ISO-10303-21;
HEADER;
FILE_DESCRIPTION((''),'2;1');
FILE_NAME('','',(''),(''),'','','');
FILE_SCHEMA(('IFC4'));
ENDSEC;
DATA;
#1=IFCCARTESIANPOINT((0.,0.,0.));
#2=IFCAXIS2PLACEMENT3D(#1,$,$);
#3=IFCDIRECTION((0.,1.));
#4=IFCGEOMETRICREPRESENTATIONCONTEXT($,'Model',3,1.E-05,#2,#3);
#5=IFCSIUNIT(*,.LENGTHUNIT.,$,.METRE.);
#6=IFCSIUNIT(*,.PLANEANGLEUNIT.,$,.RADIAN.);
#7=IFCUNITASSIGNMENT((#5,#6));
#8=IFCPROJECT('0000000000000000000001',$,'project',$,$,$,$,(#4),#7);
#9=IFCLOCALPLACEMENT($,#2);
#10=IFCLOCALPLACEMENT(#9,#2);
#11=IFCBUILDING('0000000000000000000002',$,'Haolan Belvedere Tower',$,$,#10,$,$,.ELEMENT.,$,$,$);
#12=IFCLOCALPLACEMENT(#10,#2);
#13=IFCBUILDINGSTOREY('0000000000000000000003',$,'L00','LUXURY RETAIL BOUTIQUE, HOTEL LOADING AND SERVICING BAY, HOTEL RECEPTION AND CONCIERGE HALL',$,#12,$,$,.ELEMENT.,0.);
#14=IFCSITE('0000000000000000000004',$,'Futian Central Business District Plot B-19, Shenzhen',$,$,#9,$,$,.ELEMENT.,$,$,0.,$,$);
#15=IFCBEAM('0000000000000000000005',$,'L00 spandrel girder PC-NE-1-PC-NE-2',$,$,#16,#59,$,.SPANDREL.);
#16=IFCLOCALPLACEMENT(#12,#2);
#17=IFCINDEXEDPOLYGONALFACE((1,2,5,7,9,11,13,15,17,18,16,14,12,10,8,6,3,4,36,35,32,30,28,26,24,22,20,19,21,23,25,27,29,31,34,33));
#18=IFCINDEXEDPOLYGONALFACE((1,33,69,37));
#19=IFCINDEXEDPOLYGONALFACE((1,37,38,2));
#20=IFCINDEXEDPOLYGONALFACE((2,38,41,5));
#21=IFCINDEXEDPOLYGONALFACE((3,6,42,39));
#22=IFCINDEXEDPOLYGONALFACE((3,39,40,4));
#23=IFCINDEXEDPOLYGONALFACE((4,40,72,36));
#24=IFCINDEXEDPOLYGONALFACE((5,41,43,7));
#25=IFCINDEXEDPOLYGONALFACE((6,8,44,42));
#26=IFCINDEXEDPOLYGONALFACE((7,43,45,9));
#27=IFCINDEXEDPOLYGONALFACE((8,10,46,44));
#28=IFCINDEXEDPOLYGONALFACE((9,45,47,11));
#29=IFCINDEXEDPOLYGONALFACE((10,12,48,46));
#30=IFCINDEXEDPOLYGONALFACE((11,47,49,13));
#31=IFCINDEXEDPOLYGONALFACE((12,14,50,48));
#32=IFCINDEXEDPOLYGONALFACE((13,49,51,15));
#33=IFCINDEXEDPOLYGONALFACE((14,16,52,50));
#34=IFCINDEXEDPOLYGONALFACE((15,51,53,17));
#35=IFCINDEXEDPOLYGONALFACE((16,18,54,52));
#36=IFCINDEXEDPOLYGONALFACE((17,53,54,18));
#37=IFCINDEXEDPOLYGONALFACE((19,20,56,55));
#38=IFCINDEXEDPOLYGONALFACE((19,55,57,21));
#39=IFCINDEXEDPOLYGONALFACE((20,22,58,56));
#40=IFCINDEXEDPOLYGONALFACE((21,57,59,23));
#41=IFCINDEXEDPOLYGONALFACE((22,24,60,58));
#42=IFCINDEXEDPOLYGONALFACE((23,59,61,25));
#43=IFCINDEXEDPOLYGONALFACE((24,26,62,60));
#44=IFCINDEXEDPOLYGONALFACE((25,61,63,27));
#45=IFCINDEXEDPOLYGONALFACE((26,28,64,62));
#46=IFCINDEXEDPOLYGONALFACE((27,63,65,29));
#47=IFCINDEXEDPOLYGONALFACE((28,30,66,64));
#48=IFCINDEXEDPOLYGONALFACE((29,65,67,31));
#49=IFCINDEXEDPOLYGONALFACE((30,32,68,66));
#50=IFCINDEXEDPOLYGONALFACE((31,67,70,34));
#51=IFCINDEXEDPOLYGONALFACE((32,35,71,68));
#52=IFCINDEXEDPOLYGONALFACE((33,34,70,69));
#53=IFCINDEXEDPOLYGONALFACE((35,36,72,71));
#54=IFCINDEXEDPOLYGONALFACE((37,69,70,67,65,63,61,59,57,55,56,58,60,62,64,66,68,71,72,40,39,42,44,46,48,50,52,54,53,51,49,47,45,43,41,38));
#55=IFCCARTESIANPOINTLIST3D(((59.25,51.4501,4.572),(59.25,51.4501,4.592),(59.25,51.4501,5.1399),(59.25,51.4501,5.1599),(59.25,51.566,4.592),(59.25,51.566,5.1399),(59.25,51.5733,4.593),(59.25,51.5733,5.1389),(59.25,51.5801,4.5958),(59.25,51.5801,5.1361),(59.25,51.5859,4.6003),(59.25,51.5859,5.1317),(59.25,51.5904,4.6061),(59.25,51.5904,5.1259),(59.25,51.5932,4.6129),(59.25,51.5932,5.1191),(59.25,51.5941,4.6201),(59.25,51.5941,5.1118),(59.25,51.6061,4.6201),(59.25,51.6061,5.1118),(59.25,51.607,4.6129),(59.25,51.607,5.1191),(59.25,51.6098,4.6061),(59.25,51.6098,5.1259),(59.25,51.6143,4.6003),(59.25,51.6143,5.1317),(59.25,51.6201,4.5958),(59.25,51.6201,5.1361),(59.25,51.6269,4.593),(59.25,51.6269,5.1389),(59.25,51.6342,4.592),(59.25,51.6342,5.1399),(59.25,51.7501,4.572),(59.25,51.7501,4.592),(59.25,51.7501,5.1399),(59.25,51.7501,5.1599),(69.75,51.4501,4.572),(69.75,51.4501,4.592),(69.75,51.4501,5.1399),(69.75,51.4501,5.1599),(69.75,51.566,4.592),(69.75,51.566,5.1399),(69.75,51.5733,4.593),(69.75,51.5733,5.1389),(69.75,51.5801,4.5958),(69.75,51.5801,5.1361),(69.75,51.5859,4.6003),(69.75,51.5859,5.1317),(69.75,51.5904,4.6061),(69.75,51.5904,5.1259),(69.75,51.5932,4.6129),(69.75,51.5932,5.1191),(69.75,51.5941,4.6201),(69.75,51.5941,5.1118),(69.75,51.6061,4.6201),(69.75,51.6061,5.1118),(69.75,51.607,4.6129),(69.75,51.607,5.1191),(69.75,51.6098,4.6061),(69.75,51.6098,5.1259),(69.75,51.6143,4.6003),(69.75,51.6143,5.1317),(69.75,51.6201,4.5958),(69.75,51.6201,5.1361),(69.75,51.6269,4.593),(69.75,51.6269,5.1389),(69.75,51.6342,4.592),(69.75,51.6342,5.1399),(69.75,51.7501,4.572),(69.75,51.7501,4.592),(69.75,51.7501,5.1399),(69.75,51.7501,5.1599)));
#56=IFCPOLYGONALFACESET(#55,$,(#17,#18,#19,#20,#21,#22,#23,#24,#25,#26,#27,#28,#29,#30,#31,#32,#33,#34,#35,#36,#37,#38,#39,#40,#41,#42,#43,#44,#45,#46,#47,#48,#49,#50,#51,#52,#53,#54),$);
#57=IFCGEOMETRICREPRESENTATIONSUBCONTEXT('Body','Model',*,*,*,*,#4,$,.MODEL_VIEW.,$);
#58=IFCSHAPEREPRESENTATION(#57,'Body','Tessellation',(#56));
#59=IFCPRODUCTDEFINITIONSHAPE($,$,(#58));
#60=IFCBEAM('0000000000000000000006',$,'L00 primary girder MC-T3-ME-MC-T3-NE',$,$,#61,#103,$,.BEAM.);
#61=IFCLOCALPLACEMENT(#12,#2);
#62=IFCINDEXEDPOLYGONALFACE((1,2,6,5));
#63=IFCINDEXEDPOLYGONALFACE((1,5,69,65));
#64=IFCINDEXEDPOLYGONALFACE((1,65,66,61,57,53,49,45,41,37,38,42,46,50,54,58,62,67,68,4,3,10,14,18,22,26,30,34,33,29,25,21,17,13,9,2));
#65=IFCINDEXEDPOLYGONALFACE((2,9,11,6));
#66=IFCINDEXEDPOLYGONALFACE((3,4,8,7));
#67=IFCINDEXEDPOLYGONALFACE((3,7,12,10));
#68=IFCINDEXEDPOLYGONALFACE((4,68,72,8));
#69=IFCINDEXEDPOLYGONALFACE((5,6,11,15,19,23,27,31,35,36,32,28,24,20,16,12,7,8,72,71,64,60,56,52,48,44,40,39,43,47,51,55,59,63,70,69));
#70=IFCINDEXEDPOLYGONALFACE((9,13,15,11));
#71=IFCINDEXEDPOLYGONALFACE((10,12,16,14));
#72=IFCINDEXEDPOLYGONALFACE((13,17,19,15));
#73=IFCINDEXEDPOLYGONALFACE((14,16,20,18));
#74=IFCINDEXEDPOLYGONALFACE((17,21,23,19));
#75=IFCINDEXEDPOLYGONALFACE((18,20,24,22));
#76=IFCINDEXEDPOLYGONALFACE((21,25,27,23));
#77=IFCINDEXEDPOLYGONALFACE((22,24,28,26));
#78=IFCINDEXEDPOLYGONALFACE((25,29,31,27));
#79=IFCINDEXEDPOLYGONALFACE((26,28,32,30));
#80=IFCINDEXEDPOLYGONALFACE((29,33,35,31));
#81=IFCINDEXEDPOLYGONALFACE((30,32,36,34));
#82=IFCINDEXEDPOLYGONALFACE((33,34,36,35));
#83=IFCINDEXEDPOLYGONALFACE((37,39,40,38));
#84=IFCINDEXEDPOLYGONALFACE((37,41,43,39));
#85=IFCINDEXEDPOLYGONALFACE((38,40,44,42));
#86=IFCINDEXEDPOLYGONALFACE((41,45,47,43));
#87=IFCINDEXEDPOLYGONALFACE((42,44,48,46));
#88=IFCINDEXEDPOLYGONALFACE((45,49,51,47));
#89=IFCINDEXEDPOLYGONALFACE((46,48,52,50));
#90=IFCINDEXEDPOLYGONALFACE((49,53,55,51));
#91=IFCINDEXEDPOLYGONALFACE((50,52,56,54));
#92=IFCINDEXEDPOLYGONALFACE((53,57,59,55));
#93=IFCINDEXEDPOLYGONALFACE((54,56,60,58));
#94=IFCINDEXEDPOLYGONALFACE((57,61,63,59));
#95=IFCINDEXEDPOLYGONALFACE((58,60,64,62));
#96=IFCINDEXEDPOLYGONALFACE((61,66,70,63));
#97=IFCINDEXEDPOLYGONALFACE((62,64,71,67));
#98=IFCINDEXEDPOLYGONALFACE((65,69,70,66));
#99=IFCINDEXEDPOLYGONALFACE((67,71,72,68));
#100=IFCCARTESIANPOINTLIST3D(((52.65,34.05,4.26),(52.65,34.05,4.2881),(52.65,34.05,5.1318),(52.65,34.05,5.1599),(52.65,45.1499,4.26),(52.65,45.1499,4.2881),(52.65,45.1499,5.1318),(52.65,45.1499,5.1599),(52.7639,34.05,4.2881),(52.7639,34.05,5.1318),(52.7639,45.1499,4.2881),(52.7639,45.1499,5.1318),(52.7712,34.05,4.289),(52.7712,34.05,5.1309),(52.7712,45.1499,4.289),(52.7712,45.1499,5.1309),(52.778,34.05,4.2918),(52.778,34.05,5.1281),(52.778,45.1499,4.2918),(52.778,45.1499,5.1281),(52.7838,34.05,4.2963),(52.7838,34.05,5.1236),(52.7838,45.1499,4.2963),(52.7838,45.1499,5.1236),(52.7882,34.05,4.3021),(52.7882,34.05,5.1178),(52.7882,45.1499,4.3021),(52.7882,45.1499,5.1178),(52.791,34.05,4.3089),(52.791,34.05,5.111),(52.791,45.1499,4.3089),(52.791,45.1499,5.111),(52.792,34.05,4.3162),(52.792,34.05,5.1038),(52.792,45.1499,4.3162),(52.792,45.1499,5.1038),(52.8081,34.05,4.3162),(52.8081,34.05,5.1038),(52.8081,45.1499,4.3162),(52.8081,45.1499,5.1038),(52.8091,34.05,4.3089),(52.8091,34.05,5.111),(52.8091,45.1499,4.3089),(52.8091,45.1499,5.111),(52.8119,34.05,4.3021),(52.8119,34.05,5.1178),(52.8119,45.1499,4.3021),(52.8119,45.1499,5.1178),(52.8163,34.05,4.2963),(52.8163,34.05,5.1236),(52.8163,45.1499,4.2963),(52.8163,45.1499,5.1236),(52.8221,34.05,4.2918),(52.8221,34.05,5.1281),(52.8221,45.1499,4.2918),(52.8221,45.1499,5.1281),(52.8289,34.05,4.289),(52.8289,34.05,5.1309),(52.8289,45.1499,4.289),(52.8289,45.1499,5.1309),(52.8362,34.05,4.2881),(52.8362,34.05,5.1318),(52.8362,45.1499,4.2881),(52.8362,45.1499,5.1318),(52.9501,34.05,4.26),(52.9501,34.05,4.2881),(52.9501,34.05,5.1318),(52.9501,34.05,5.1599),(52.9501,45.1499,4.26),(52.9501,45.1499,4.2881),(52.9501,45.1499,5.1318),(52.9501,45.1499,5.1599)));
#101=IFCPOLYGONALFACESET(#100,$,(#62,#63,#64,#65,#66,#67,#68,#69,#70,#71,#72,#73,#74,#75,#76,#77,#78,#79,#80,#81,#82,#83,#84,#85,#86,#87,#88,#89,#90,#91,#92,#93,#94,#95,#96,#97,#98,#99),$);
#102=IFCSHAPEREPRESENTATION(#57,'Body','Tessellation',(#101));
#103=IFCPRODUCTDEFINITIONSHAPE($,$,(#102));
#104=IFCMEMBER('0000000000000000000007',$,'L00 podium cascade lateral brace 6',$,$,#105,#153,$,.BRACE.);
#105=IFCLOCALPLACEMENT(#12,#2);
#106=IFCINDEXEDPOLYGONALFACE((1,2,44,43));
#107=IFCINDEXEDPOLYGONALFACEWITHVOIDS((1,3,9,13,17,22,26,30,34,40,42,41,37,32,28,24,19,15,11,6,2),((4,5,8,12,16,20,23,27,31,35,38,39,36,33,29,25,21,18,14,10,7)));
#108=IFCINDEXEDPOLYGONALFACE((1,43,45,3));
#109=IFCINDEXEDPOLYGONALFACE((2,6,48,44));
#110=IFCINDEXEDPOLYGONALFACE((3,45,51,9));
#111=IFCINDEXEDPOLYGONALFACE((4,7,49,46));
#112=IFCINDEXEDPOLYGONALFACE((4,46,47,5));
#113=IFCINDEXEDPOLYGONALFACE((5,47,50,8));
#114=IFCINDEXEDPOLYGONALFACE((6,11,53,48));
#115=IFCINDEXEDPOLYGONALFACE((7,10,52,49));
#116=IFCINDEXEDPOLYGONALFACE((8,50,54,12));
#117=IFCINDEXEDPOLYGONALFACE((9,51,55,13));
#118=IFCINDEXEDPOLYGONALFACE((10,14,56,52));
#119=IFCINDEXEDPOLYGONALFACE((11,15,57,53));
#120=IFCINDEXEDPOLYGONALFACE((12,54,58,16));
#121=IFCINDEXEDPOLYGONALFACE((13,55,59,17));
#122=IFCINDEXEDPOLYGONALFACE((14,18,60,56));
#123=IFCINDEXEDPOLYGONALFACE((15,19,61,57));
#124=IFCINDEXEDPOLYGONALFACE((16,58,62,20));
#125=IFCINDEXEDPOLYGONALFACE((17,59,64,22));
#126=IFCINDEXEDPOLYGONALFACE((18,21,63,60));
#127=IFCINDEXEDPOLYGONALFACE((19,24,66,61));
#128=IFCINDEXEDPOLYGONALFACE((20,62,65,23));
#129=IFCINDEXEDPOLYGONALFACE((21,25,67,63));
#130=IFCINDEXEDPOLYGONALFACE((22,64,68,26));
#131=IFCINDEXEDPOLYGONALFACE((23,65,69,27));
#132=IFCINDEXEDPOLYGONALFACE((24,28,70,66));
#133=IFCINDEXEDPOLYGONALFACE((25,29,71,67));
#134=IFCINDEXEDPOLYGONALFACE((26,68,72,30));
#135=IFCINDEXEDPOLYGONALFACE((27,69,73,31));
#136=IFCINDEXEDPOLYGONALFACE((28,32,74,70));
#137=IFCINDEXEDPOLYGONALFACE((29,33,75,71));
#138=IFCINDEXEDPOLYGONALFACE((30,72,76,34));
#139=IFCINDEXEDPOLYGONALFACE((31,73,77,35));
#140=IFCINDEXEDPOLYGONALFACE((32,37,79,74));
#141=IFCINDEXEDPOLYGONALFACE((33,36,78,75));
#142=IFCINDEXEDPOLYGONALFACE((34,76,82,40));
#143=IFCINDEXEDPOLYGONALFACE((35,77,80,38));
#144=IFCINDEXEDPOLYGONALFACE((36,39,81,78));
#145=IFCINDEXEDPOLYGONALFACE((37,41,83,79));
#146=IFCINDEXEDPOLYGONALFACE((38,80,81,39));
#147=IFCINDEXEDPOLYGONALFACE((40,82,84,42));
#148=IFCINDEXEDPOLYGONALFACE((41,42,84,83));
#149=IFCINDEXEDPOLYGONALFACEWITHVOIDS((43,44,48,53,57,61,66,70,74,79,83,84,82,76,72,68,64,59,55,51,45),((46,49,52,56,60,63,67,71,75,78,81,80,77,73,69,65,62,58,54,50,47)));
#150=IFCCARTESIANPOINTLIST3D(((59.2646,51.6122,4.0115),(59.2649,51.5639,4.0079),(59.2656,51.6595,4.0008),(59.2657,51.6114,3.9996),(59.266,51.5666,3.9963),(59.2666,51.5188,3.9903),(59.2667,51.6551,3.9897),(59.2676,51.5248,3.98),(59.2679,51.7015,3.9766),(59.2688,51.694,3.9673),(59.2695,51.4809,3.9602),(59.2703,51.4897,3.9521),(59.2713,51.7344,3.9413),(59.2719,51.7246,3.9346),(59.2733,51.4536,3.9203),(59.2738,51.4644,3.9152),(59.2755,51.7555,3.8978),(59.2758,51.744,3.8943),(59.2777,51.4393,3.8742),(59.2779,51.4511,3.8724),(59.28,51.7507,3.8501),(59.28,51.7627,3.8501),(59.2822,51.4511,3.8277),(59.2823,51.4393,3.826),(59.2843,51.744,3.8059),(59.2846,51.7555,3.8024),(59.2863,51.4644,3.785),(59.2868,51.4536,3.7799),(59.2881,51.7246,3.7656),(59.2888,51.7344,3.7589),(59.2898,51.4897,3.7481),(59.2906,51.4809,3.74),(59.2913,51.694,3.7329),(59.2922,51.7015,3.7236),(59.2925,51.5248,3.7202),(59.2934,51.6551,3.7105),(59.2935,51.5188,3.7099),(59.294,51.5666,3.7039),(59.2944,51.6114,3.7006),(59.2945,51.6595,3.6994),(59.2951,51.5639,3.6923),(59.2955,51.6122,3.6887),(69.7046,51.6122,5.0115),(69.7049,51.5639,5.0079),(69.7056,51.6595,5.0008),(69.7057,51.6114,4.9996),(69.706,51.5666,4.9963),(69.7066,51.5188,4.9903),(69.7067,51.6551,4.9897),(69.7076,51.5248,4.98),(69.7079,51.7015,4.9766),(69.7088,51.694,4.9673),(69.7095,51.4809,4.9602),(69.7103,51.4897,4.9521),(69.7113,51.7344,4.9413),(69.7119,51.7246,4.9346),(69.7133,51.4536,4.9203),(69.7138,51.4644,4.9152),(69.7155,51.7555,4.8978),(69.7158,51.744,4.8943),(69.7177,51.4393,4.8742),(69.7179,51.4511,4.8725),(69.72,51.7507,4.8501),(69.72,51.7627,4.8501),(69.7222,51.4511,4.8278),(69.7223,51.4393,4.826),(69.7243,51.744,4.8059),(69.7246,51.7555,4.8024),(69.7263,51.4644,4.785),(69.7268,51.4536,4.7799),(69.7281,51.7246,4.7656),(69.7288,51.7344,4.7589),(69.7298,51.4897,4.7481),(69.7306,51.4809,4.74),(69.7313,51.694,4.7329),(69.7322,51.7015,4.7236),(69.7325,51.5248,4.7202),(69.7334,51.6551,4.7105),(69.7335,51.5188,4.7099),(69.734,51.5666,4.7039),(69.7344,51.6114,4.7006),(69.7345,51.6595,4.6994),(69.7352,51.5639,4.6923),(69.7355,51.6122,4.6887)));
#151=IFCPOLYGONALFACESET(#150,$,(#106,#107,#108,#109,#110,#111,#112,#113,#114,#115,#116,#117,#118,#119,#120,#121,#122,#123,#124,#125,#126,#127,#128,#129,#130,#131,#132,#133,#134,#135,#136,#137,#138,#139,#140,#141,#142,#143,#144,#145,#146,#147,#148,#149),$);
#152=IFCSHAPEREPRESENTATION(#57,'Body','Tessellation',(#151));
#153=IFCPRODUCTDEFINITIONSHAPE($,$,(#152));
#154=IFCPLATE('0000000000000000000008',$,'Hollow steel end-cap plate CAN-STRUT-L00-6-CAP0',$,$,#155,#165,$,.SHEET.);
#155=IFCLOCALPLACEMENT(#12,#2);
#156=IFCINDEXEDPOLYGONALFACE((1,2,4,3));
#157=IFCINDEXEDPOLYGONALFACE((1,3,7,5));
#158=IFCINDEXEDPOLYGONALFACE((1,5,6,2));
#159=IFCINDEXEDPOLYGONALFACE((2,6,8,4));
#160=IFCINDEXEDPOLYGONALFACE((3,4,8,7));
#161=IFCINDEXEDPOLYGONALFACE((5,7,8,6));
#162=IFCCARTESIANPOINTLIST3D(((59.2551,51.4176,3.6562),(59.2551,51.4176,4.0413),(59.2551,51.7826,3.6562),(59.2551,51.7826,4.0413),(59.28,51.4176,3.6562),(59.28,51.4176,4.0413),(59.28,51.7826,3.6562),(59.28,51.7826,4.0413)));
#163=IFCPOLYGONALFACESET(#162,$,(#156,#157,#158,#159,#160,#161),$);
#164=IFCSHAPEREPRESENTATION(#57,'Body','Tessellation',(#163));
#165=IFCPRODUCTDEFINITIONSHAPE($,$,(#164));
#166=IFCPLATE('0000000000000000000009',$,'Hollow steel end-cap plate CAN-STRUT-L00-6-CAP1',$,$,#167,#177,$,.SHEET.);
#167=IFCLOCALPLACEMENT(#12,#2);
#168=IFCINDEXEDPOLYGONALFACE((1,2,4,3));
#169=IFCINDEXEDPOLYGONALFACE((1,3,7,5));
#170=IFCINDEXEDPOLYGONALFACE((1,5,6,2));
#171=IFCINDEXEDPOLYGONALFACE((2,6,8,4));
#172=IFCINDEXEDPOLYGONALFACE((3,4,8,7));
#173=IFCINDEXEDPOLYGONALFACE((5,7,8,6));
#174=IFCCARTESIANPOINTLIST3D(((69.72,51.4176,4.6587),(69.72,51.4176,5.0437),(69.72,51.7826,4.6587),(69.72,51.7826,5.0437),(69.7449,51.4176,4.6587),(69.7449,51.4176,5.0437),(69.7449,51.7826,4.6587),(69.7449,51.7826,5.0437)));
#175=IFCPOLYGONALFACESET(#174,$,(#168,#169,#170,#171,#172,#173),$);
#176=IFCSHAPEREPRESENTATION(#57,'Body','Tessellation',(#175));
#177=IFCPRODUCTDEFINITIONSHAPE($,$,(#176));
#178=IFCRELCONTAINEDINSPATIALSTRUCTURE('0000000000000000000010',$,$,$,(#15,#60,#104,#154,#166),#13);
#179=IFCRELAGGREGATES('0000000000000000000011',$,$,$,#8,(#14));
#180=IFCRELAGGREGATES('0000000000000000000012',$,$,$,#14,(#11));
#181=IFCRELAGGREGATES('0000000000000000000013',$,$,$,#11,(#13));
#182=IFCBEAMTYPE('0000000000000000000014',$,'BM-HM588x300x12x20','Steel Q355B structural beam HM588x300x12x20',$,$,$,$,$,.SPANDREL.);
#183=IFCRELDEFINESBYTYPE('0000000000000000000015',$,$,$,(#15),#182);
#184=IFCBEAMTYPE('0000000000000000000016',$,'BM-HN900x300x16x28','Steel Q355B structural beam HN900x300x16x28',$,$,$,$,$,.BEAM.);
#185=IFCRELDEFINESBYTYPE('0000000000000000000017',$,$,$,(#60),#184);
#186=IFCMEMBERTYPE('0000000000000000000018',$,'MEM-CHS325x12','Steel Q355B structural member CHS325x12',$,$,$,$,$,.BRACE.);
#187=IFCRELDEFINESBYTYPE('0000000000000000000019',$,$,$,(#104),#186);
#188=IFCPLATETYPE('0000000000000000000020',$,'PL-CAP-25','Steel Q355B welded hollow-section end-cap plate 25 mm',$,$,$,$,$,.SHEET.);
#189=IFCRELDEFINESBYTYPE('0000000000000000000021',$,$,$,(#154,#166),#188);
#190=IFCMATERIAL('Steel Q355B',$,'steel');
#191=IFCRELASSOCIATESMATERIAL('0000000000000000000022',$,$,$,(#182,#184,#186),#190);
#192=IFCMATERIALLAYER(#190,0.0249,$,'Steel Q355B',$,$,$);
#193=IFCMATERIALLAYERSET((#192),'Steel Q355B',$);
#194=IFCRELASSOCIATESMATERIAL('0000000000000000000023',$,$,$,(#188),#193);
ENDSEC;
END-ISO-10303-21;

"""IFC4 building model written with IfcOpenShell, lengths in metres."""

from ifc_helpers import new_model, si_unit, direction, frame, origin, origin_2d, place, context, subcontext, project, spatial, rectangle, hollow_circle, i_section, extrude, material, layer, layer_set, material_profile, profile_set, type_object, element, save


model = new_model("IFC4")

# Units and contexts
model_context = context("Model", 3, precision=1e-05, world=origin(), true_north=direction((0.0, 1.0)))
body_context = subcontext(model_context, "Body", "Model", "MODEL_VIEW")
ifc_project = project(units=[si_unit("LENGTHUNIT", "METRE"), si_unit("PLANEANGLEUNIT", "RADIAN")], contexts=[model_context])

# Site, building, storey
site_placement = place(None, origin())
site = spatial("IfcSite", under=ifc_project, at=site_placement, Name="Futian Central Business District Plot B-19, Shenzhen", CompositionType="ELEMENT", RefElevation=0.0)
building_placement = place(site_placement, origin())
building = spatial("IfcBuilding", under=site, at=building_placement, Name="Haolan Belvedere Tower", CompositionType="ELEMENT")
storey_placement = place(building_placement, origin())
storey = spatial("IfcBuildingStorey", under=building, at=storey_placement, Name="L00", Description="LUXURY RETAIL BOUTIQUE, HOTEL LOADING AND SERVICING BAY, HOTEL RECEPTION AND CONCIERGE HALL", CompositionType="ELEMENT", Elevation=0.0)

# Shared definitions
ifc_material_1 = material(Name="Steel Q355B", Category="steel")

# Beams
ifc_material_profile_1 = material_profile(ifc_material_1, i_section(OverallWidth=0.3, OverallDepth=0.5879, WebThickness=0.012, FlangeThickness=0.02, FilletRadius=0.0281, at=origin_2d()), Name="Steel Q355B")
ifc_profile_set_1 = profile_set([ifc_material_profile_1], Name="Steel Q355B")
beam_type_1 = type_object("IfcBeamType", Name="BM-HM588x300x12x20", Description="Steel Q355B structural beam HM588x300x12x20", PredefinedType="SPANDREL", material=ifc_profile_set_1)
beam_1_placement = place(storey_placement, frame((59.25, 51.6001, 4.866), z_axis=(1.0, 0.0, 0.0), x_axis=(0.0, 1.0, 0.0)))
element("IfcBeam", 1, at=beam_1_placement, inside=storey, type_object=beam_type_1, Name="L00 spandrel girder PC-NE-1-PC-NE-2", PredefinedType="SPANDREL", context=body_context, shape_type="SweptSolid", body=[
    extrude(i_section(OverallWidth=0.3, OverallDepth=0.5879, WebThickness=0.012, FlangeThickness=0.02, FilletRadius=0.0281, at=origin_2d()), origin(), (0.0, 0.0, 1.0), 10.5),
])
ifc_material_profile_2 = material_profile(ifc_material_1, i_section(OverallWidth=0.3, OverallDepth=0.8999, WebThickness=0.0161, FlangeThickness=0.0281, FilletRadius=0.0281, at=origin_2d()), Name="Steel Q355B")
ifc_profile_set_2 = profile_set([ifc_material_profile_2], Name="Steel Q355B")
beam_type_2 = type_object("IfcBeamType", Name="BM-HN900x300x16x28", Description="Steel Q355B structural beam HN900x300x16x28", PredefinedType="BEAM", material=ifc_profile_set_2)
beam_2_placement = place(storey_placement, frame((52.8, 34.05, 4.71), z_axis=(0.0, 1.0, 0.0), x_axis=(-1.0, 0.0, 0.0)))
element("IfcBeam", 2, at=beam_2_placement, inside=storey, type_object=beam_type_2, Name="L00 primary girder MC-T3-ME-MC-T3-NE", PredefinedType="BEAM", context=body_context, shape_type="SweptSolid", body=[
    extrude(i_section(OverallWidth=0.3, OverallDepth=0.8999, WebThickness=0.0161, FlangeThickness=0.0281, FilletRadius=0.0281, at=origin_2d()), origin(), (0.0, 0.0, 1.0), 11.0999),
])

# Member
ifc_material_profile_3 = material_profile(ifc_material_1, hollow_circle(Radius=0.1626, WallThickness=0.012, at=origin_2d()), Name="Steel Q355B")
ifc_profile_set_3 = profile_set([ifc_material_profile_3], Name="Steel Q355B")
member_type = type_object("IfcMemberType", Name="MEM-CHS325x12", Description="Steel Q355B structural member CHS325x12", PredefinedType="BRACE", material=ifc_profile_set_3)
member_placement = place(storey_placement, frame((59.28, 51.6001, 3.8501), z_axis=(0.995444, 0.0, 0.09535), x_axis=(0.0, 1.0, 0.0)))
element("IfcMember", 3, at=member_placement, inside=storey, type_object=member_type, Name="L00 podium cascade lateral brace 6", PredefinedType="BRACE", context=body_context, shape_type="SweptSolid", body=[
    extrude(hollow_circle(Radius=0.1626, WallThickness=0.012, at=origin_2d()), origin(), (0.0, 0.0, 1.0), 10.4878),
])

# Plates
ifc_layer_1 = layer(ifc_material_1, 0.0249, Name="Steel Q355B")
ifc_layer_set_1 = layer_set([ifc_layer_1], Name="Steel Q355B")
plate_type = type_object("IfcPlateType", Name="PL-CAP-25", Description="Steel Q355B welded hollow-section end-cap plate 25 mm", PredefinedType="SHEET", material=ifc_layer_set_1)
for number, where, z_axis, x_axis, name in (
    (4, (59.2676, 51.6001, 3.6562), (0.0, 0.0, 1.0), (0.0, -1.0, 0.0), "Hollow steel end-cap plate CAN-STRUT-L00-6-CAP0"),
    (5, (69.7324, 51.6001, 4.6587), (0.0, 0.0, 1.0), (0.0, 1.0, 0.0), "Hollow steel end-cap plate CAN-STRUT-L00-6-CAP1"),
):
    element("IfcPlate", number, at=place(storey_placement, frame(where, z_axis=z_axis, x_axis=x_axis)), inside=storey, type_object=plate_type, Name=name, PredefinedType="SHEET", context=body_context, shape_type="SweptSolid", body=[
        extrude(rectangle(XDim=0.365, YDim=0.0249, at=origin_2d()), origin(), (0.0, 0.0, 1.0), 0.385),
    ])

save(model, "model.ifc")
